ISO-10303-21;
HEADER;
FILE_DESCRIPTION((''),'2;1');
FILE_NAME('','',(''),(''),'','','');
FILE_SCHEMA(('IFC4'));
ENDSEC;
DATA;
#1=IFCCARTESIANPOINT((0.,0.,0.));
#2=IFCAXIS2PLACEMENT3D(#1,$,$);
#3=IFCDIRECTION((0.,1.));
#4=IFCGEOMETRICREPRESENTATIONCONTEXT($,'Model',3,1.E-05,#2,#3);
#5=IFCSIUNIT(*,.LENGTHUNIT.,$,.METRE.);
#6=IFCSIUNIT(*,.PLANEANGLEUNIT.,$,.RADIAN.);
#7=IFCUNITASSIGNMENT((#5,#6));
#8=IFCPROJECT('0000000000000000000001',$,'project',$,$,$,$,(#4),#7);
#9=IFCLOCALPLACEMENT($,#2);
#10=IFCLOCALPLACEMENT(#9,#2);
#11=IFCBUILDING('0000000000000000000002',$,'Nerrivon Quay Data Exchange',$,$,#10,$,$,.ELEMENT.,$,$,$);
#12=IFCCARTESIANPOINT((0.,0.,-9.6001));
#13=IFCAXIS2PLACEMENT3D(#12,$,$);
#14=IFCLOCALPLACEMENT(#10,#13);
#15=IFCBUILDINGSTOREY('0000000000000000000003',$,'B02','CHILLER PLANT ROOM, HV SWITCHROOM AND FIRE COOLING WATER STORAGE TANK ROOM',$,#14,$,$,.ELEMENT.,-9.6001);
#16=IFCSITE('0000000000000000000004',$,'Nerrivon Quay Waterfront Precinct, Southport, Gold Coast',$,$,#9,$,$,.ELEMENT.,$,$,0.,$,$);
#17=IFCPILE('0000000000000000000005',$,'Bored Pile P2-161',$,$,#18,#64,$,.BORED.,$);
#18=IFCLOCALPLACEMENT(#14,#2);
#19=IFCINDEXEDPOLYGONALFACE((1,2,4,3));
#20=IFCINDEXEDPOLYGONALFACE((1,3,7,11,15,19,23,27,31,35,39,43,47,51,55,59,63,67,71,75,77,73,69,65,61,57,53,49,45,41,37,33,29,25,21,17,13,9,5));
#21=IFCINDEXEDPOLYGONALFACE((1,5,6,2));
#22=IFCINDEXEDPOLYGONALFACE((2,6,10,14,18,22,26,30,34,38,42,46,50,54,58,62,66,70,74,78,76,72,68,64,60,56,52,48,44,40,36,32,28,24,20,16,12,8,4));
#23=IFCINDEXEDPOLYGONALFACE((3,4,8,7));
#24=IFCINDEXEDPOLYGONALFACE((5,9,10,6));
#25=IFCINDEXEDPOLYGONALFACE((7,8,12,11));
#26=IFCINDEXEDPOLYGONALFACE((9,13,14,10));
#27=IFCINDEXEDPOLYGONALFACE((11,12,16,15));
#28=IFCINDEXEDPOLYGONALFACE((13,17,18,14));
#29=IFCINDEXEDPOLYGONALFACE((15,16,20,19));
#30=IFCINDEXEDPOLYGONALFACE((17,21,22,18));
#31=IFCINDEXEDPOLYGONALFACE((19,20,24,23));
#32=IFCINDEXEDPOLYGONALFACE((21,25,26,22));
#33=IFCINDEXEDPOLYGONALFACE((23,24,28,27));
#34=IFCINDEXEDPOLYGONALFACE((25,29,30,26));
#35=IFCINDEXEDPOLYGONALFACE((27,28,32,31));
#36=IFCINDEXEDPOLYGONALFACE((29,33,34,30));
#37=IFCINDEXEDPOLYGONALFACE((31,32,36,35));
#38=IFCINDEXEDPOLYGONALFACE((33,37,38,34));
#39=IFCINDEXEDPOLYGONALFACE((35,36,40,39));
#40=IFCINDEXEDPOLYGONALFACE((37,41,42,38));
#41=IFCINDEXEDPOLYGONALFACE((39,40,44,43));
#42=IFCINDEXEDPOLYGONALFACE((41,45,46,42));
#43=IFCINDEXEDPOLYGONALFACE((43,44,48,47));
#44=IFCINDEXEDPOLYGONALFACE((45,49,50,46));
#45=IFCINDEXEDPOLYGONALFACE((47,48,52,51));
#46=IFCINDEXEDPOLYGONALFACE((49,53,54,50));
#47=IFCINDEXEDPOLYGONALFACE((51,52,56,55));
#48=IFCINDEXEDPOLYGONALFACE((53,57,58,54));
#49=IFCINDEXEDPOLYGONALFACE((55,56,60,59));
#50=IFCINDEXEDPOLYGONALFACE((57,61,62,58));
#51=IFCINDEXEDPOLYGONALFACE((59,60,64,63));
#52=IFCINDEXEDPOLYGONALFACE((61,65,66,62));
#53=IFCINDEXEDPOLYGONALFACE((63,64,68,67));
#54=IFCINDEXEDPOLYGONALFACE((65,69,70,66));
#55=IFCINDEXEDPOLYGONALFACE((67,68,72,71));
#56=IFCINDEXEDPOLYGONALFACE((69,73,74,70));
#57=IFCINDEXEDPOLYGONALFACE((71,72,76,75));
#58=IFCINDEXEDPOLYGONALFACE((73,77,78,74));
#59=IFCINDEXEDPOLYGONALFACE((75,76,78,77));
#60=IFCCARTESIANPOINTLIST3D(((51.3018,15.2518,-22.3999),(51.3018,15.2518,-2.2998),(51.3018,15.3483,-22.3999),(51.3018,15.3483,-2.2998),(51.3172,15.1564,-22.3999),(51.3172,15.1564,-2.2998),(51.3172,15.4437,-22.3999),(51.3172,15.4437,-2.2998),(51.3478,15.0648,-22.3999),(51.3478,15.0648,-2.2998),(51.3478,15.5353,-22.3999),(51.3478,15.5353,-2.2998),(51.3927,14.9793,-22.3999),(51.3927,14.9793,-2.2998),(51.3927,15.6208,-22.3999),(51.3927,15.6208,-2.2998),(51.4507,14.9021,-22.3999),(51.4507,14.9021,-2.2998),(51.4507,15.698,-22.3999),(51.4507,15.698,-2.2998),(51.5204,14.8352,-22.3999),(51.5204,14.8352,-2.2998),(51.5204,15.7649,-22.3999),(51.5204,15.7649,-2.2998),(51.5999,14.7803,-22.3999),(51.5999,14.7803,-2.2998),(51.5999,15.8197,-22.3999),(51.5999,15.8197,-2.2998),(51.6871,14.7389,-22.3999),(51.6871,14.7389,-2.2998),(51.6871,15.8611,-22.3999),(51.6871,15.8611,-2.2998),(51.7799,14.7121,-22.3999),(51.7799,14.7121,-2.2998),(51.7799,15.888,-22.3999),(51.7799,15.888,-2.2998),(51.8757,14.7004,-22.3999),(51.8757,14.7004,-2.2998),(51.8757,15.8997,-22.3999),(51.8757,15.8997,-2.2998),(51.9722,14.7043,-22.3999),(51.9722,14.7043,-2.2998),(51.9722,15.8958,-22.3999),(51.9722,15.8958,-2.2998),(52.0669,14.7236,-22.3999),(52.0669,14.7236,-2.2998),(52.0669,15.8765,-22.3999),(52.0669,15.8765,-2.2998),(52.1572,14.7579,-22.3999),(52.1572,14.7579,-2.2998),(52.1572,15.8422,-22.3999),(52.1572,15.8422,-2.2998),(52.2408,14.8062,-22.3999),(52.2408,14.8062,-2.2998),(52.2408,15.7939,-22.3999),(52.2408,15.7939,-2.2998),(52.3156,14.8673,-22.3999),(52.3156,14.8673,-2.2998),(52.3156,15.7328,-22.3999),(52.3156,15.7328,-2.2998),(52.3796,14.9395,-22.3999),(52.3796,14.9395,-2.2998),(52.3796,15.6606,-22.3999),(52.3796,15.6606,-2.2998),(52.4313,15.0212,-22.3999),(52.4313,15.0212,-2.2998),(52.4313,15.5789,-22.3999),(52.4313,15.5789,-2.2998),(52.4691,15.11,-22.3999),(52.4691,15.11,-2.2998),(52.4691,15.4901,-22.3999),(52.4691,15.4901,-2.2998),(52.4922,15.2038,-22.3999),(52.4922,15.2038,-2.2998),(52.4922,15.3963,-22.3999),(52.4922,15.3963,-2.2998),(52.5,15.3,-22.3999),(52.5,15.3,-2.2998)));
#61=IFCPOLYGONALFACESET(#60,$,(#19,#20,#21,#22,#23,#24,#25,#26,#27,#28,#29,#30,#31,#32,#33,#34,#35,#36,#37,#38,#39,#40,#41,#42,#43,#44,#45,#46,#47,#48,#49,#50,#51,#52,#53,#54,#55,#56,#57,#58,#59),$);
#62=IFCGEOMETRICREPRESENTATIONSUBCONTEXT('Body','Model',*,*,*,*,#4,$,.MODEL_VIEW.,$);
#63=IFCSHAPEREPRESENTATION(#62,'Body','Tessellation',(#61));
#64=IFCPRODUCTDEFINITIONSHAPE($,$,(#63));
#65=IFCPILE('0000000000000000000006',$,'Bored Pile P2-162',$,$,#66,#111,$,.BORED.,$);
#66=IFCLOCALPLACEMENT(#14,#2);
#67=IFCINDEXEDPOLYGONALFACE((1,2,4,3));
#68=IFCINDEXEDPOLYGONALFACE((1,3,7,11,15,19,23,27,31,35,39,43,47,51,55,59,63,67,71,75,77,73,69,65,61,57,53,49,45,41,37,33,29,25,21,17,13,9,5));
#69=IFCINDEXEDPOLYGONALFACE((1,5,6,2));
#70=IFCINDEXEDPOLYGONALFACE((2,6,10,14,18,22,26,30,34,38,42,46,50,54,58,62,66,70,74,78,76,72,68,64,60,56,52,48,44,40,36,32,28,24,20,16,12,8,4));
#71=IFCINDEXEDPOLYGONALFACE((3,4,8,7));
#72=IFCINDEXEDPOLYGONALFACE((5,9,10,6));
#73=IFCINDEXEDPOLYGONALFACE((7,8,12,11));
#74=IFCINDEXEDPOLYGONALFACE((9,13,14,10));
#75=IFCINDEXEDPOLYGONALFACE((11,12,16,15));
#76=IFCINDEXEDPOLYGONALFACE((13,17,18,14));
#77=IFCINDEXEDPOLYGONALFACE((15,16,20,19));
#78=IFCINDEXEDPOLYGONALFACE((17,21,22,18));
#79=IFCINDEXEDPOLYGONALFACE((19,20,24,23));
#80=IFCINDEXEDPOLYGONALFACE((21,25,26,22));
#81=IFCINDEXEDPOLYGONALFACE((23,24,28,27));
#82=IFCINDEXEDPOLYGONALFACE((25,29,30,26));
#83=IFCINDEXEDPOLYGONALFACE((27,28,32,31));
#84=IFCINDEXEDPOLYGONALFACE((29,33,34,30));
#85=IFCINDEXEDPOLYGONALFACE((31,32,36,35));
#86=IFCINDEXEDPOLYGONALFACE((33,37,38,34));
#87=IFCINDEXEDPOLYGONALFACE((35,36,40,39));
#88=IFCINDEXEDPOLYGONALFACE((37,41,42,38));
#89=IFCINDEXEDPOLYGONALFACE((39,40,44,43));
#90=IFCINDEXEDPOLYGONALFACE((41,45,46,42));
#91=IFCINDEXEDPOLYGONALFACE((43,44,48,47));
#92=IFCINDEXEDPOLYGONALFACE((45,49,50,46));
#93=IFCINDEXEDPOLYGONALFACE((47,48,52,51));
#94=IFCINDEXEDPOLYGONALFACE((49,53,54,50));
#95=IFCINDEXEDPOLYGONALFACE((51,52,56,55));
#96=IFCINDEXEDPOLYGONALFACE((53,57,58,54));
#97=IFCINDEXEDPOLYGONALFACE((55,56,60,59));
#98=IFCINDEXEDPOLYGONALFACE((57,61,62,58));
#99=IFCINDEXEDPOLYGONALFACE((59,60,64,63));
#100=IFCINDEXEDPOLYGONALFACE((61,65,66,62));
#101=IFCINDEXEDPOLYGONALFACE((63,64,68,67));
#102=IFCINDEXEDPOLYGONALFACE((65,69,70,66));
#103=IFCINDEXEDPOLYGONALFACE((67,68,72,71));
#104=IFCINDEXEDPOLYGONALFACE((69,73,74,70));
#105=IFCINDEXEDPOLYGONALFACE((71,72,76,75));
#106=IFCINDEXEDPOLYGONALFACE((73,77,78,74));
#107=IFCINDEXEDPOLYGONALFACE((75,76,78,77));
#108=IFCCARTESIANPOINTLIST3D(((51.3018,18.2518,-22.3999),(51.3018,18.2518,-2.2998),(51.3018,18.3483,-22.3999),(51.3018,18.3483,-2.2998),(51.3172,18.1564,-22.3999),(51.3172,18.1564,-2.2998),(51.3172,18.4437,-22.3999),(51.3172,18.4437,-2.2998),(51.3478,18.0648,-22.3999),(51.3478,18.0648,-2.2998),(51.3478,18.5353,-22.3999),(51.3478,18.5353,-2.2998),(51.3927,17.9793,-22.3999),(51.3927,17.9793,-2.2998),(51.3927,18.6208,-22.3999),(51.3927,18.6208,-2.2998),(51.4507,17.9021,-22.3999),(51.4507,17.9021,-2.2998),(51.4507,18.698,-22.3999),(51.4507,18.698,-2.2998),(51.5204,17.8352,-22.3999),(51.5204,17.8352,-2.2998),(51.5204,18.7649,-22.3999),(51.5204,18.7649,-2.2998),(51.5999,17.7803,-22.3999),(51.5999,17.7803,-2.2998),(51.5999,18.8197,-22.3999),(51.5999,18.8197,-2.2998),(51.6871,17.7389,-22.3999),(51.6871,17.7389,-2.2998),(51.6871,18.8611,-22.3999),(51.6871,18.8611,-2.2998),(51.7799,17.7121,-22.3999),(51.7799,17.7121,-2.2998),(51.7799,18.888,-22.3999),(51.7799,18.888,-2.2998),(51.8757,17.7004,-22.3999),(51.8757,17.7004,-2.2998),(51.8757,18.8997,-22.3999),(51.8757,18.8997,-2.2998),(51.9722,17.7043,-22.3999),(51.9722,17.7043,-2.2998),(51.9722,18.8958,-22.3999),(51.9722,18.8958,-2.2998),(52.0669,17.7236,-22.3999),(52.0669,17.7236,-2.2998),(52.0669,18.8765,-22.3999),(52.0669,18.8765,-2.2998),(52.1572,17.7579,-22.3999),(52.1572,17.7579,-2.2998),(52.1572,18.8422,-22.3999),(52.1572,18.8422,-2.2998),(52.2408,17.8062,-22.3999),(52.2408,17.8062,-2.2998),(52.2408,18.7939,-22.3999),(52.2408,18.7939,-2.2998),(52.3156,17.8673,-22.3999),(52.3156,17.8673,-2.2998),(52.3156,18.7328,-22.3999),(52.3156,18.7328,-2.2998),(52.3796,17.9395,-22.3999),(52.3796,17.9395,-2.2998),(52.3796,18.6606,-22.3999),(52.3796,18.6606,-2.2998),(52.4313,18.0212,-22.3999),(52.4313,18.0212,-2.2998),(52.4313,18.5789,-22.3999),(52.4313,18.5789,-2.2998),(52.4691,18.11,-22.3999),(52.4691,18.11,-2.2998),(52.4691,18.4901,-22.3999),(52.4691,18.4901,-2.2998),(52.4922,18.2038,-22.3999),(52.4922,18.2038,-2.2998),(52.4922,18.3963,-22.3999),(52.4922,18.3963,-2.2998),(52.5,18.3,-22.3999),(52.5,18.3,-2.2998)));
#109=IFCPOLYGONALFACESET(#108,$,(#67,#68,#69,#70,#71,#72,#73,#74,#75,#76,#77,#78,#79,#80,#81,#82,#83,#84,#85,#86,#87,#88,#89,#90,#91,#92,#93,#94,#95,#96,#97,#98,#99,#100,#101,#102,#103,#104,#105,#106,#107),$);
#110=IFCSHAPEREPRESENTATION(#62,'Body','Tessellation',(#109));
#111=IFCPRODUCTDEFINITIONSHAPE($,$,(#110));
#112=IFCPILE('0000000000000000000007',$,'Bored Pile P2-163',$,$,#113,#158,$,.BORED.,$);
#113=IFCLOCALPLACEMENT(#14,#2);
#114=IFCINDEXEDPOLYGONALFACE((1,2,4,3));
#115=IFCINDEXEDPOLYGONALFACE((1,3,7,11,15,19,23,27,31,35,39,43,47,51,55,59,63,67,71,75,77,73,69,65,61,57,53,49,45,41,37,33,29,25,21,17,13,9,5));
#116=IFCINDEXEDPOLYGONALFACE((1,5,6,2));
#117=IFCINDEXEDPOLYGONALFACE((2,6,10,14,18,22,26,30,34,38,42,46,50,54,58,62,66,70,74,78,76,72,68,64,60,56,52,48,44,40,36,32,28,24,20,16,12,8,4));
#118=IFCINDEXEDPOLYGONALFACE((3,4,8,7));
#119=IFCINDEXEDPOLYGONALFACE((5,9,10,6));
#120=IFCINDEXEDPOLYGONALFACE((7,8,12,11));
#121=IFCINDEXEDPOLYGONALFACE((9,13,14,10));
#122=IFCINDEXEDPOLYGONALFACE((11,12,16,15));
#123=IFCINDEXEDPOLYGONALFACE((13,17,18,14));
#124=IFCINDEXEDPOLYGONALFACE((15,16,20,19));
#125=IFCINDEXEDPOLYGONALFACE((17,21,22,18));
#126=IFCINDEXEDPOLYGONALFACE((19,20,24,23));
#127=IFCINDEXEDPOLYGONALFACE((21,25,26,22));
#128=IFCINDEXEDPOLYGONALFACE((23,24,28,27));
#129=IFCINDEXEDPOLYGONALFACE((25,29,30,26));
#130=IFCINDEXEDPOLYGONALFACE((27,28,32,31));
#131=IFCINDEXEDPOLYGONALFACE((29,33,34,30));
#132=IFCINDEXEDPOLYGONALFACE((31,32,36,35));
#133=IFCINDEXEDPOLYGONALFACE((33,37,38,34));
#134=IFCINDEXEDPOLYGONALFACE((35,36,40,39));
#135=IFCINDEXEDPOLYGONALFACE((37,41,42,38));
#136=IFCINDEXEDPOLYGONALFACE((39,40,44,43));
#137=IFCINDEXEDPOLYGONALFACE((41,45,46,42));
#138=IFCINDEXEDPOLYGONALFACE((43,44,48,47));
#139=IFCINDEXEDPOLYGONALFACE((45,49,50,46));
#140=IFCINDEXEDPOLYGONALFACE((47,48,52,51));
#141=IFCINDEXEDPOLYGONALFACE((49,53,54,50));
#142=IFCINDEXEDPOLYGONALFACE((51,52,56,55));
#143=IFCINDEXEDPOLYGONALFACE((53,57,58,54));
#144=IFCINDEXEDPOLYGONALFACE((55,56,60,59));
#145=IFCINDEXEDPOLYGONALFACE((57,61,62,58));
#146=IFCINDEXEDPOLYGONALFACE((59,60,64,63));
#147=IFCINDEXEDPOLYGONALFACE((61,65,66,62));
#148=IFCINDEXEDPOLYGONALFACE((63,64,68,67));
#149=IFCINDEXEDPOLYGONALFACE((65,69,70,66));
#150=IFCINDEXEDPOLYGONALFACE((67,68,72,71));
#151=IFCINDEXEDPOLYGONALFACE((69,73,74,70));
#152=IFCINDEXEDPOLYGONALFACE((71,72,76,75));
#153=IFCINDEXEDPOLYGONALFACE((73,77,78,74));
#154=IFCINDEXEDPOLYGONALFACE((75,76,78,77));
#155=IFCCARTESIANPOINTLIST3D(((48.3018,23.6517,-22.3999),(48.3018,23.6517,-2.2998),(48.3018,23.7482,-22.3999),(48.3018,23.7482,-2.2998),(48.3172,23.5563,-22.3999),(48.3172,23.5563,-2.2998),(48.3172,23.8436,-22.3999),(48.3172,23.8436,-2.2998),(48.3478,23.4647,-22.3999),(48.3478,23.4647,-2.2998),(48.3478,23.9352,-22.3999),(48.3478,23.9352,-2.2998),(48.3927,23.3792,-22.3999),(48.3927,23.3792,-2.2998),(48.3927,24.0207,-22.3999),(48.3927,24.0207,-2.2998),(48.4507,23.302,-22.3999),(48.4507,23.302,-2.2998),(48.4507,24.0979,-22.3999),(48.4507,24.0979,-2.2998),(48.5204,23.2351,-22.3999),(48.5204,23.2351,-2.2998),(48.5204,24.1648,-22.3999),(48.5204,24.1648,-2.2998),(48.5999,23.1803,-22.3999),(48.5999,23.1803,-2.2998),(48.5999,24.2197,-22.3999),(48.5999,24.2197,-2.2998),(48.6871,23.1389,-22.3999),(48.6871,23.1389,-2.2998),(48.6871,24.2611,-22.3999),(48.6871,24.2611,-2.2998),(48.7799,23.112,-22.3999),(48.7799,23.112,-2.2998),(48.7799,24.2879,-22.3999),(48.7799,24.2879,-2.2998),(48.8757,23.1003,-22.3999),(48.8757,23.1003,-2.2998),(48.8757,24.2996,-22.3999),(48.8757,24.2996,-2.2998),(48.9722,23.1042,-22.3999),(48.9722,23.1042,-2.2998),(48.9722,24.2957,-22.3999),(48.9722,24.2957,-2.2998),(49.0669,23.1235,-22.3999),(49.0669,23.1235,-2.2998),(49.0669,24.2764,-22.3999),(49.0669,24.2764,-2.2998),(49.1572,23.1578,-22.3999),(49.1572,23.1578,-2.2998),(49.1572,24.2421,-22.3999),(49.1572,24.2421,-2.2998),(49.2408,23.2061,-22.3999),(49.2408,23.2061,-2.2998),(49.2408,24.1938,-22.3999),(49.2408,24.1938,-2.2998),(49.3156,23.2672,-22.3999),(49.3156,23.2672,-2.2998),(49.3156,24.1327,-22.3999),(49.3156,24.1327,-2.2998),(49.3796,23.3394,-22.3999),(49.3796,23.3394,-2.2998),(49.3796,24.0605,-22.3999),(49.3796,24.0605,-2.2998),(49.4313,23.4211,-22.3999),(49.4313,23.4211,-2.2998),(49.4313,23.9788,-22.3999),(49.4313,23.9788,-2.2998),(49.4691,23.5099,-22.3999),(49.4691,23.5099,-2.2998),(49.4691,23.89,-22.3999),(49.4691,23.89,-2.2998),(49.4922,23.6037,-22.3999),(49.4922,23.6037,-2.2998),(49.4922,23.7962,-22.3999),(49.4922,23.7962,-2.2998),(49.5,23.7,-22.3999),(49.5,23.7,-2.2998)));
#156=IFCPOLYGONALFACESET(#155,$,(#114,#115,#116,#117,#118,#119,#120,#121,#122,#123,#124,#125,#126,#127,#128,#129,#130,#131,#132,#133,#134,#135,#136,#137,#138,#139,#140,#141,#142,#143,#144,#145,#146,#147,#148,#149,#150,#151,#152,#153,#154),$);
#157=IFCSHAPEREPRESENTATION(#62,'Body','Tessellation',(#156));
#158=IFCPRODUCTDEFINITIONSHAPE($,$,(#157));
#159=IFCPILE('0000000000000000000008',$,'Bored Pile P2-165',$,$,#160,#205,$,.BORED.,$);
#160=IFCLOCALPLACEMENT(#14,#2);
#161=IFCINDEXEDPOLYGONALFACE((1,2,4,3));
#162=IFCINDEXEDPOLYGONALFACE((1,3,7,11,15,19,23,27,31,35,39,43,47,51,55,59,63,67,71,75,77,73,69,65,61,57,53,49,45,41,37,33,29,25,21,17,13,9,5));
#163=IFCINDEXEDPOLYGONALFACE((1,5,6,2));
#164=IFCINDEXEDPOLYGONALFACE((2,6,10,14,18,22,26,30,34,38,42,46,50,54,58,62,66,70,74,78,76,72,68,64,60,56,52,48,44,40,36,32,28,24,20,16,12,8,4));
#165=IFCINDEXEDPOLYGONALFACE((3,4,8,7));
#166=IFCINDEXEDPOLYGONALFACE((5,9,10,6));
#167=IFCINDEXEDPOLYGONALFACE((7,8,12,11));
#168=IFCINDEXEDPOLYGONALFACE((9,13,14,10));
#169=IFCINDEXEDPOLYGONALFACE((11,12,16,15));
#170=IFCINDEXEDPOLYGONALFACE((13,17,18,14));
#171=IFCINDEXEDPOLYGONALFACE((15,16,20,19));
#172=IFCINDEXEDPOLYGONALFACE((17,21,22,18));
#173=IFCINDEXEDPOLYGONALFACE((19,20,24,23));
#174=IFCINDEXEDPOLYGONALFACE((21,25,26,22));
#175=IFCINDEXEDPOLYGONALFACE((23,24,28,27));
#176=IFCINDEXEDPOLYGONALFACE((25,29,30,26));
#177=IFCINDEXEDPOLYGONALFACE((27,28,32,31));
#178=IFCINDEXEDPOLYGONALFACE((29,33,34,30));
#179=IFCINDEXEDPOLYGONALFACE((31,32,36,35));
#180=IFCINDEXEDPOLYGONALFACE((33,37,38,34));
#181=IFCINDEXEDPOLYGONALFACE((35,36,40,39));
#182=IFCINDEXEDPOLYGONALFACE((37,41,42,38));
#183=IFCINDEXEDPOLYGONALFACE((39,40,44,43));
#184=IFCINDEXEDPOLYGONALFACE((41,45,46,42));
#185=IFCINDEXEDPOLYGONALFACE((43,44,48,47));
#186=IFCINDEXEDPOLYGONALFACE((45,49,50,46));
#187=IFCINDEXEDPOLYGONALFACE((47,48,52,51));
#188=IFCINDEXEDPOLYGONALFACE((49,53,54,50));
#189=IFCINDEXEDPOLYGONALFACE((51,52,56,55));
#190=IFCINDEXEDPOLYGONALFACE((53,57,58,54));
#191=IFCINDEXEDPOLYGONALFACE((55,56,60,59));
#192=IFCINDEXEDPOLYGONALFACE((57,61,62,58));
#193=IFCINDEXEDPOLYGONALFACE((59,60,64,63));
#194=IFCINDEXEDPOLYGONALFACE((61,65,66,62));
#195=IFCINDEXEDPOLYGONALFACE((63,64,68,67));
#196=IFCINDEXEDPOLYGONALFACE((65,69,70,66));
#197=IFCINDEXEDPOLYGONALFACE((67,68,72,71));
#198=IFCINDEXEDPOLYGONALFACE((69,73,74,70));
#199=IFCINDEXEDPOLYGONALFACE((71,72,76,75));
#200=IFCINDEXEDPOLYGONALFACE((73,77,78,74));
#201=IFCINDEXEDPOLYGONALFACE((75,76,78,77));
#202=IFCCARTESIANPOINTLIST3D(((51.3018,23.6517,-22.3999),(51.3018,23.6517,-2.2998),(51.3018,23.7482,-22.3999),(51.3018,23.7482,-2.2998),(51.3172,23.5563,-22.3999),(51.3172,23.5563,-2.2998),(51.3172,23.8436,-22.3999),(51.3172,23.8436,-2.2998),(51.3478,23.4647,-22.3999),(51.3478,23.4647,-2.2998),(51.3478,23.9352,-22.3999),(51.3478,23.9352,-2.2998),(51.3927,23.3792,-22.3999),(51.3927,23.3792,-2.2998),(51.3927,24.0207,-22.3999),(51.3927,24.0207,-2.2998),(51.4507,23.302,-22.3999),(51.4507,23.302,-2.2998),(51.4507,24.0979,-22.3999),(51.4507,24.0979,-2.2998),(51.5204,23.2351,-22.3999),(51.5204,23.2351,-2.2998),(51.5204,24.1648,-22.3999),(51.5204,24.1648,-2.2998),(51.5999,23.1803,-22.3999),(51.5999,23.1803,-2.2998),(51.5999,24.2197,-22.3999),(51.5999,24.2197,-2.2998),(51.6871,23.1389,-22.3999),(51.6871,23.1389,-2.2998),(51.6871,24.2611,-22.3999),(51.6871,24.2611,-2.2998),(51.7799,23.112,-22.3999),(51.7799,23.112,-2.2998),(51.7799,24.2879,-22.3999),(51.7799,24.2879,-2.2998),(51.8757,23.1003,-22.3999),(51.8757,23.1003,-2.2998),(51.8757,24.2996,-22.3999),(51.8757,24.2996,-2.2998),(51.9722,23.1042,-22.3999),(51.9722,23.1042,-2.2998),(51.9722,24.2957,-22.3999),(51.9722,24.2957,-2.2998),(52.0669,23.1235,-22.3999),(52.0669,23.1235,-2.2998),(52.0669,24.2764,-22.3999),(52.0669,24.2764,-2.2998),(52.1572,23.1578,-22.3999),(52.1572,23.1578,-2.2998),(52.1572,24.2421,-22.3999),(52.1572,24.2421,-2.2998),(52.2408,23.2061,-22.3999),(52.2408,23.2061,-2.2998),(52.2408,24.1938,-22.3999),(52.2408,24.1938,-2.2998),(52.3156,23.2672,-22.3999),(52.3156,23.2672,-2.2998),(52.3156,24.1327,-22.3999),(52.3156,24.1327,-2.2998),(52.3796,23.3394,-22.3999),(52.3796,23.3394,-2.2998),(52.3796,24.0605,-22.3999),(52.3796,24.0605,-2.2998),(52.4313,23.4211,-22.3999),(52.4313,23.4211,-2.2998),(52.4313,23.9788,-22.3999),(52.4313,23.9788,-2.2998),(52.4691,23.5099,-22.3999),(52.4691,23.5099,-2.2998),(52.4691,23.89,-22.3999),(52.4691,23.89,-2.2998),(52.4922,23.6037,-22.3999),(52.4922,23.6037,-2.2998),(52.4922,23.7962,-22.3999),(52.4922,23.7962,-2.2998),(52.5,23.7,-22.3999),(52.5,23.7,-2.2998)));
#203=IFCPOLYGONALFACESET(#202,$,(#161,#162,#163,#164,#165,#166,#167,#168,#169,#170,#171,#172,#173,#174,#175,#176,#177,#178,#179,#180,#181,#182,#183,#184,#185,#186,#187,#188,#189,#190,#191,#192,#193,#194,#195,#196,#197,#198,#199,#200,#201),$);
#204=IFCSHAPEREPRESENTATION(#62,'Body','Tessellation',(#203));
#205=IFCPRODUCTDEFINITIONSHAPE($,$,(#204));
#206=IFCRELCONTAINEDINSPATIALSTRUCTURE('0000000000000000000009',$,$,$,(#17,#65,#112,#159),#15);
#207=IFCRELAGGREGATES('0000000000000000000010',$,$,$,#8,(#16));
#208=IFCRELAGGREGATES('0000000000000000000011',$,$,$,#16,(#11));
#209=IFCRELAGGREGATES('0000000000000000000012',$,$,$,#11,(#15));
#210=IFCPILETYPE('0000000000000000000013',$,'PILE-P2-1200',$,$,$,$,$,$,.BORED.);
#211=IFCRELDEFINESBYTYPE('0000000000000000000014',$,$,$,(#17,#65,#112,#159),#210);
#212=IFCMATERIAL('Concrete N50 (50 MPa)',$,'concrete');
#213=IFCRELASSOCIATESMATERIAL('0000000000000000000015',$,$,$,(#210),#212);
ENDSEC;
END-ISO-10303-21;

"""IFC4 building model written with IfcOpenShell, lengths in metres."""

from ifc_helpers import new_model, si_unit, direction, frame, origin, origin_2d, place, context, subcontext, project, spatial, circle, extrude, material, material_profile, profile_set, type_object, element, save


model = new_model("IFC4")

# Units and contexts
model_context = context("Model", 3, precision=1e-05, world=origin(), true_north=direction((0.0, 1.0)))
body_context = subcontext(model_context, "Body", "Model", "MODEL_VIEW")
ifc_project = project(units=[si_unit("LENGTHUNIT", "METRE"), si_unit("PLANEANGLEUNIT", "RADIAN")], contexts=[model_context])

# Site, building, storey
site_placement = place(None, origin())
site = spatial("IfcSite", under=ifc_project, at=site_placement, Name="Nerrivon Quay Waterfront Precinct, Southport, Gold Coast", CompositionType="ELEMENT", RefElevation=0.0)
building_placement = place(site_placement, origin())
building = spatial("IfcBuilding", under=site, at=building_placement, Name="Nerrivon Quay Data Exchange", CompositionType="ELEMENT")
storey_placement = place(building_placement, frame((0.0, 0.0, -9.6001)))
storey = spatial("IfcBuildingStorey", under=building, at=storey_placement, Name="B02", Description="CHILLER PLANT ROOM, HV SWITCHROOM AND FIRE COOLING WATER STORAGE TANK ROOM", CompositionType="ELEMENT", Elevation=-9.6001)

# Piles
ifc_material_1 = material(Name="Concrete N50 (50 MPa)", Category="concrete")
ifc_material_profile_1 = material_profile(ifc_material_1, circle(Radius=0.6001, at=origin_2d()), Name="PILE-1200")
ifc_profile_set_1 = profile_set([ifc_material_profile_1], Name="Concrete N50 (50 MPa)")
pile_type = type_object("IfcPileType", Name="PILE-P2-1200", PredefinedType="BORED", material=ifc_profile_set_1)
for number, where, z_axis, x_axis, name in (
    (1, (51.8999, 15.3, -2.2998), (0.0, 0.0, -1.0), (1.0, 0.0, 0.0), "Bored Pile P2-161"),
    (2, (51.8999, 18.3, -2.2998), (0.0, 0.0, -1.0), (1.0, 0.0, 0.0), "Bored Pile P2-162"),
    (3, (48.8999, 23.7, -2.2998), (0.0, 0.0, -1.0), (1.0, 0.0, 0.0), "Bored Pile P2-163"),
    (4, (51.8999, 23.7, -2.2998), (0.0, 0.0, -1.0), (1.0, 0.0, 0.0), "Bored Pile P2-165"),
):
    element("IfcPile", number, at=place(storey_placement, frame(where, z_axis=z_axis, x_axis=x_axis)), inside=storey, type_object=pile_type, Name=name, PredefinedType="BORED", context=body_context, shape_type="SweptSolid", body=[
        extrude(circle(Radius=0.6001, at=origin_2d()), origin(), (0.0, 0.0, 1.0), 20.1001),
    ])

save(model, "model.ifc")
